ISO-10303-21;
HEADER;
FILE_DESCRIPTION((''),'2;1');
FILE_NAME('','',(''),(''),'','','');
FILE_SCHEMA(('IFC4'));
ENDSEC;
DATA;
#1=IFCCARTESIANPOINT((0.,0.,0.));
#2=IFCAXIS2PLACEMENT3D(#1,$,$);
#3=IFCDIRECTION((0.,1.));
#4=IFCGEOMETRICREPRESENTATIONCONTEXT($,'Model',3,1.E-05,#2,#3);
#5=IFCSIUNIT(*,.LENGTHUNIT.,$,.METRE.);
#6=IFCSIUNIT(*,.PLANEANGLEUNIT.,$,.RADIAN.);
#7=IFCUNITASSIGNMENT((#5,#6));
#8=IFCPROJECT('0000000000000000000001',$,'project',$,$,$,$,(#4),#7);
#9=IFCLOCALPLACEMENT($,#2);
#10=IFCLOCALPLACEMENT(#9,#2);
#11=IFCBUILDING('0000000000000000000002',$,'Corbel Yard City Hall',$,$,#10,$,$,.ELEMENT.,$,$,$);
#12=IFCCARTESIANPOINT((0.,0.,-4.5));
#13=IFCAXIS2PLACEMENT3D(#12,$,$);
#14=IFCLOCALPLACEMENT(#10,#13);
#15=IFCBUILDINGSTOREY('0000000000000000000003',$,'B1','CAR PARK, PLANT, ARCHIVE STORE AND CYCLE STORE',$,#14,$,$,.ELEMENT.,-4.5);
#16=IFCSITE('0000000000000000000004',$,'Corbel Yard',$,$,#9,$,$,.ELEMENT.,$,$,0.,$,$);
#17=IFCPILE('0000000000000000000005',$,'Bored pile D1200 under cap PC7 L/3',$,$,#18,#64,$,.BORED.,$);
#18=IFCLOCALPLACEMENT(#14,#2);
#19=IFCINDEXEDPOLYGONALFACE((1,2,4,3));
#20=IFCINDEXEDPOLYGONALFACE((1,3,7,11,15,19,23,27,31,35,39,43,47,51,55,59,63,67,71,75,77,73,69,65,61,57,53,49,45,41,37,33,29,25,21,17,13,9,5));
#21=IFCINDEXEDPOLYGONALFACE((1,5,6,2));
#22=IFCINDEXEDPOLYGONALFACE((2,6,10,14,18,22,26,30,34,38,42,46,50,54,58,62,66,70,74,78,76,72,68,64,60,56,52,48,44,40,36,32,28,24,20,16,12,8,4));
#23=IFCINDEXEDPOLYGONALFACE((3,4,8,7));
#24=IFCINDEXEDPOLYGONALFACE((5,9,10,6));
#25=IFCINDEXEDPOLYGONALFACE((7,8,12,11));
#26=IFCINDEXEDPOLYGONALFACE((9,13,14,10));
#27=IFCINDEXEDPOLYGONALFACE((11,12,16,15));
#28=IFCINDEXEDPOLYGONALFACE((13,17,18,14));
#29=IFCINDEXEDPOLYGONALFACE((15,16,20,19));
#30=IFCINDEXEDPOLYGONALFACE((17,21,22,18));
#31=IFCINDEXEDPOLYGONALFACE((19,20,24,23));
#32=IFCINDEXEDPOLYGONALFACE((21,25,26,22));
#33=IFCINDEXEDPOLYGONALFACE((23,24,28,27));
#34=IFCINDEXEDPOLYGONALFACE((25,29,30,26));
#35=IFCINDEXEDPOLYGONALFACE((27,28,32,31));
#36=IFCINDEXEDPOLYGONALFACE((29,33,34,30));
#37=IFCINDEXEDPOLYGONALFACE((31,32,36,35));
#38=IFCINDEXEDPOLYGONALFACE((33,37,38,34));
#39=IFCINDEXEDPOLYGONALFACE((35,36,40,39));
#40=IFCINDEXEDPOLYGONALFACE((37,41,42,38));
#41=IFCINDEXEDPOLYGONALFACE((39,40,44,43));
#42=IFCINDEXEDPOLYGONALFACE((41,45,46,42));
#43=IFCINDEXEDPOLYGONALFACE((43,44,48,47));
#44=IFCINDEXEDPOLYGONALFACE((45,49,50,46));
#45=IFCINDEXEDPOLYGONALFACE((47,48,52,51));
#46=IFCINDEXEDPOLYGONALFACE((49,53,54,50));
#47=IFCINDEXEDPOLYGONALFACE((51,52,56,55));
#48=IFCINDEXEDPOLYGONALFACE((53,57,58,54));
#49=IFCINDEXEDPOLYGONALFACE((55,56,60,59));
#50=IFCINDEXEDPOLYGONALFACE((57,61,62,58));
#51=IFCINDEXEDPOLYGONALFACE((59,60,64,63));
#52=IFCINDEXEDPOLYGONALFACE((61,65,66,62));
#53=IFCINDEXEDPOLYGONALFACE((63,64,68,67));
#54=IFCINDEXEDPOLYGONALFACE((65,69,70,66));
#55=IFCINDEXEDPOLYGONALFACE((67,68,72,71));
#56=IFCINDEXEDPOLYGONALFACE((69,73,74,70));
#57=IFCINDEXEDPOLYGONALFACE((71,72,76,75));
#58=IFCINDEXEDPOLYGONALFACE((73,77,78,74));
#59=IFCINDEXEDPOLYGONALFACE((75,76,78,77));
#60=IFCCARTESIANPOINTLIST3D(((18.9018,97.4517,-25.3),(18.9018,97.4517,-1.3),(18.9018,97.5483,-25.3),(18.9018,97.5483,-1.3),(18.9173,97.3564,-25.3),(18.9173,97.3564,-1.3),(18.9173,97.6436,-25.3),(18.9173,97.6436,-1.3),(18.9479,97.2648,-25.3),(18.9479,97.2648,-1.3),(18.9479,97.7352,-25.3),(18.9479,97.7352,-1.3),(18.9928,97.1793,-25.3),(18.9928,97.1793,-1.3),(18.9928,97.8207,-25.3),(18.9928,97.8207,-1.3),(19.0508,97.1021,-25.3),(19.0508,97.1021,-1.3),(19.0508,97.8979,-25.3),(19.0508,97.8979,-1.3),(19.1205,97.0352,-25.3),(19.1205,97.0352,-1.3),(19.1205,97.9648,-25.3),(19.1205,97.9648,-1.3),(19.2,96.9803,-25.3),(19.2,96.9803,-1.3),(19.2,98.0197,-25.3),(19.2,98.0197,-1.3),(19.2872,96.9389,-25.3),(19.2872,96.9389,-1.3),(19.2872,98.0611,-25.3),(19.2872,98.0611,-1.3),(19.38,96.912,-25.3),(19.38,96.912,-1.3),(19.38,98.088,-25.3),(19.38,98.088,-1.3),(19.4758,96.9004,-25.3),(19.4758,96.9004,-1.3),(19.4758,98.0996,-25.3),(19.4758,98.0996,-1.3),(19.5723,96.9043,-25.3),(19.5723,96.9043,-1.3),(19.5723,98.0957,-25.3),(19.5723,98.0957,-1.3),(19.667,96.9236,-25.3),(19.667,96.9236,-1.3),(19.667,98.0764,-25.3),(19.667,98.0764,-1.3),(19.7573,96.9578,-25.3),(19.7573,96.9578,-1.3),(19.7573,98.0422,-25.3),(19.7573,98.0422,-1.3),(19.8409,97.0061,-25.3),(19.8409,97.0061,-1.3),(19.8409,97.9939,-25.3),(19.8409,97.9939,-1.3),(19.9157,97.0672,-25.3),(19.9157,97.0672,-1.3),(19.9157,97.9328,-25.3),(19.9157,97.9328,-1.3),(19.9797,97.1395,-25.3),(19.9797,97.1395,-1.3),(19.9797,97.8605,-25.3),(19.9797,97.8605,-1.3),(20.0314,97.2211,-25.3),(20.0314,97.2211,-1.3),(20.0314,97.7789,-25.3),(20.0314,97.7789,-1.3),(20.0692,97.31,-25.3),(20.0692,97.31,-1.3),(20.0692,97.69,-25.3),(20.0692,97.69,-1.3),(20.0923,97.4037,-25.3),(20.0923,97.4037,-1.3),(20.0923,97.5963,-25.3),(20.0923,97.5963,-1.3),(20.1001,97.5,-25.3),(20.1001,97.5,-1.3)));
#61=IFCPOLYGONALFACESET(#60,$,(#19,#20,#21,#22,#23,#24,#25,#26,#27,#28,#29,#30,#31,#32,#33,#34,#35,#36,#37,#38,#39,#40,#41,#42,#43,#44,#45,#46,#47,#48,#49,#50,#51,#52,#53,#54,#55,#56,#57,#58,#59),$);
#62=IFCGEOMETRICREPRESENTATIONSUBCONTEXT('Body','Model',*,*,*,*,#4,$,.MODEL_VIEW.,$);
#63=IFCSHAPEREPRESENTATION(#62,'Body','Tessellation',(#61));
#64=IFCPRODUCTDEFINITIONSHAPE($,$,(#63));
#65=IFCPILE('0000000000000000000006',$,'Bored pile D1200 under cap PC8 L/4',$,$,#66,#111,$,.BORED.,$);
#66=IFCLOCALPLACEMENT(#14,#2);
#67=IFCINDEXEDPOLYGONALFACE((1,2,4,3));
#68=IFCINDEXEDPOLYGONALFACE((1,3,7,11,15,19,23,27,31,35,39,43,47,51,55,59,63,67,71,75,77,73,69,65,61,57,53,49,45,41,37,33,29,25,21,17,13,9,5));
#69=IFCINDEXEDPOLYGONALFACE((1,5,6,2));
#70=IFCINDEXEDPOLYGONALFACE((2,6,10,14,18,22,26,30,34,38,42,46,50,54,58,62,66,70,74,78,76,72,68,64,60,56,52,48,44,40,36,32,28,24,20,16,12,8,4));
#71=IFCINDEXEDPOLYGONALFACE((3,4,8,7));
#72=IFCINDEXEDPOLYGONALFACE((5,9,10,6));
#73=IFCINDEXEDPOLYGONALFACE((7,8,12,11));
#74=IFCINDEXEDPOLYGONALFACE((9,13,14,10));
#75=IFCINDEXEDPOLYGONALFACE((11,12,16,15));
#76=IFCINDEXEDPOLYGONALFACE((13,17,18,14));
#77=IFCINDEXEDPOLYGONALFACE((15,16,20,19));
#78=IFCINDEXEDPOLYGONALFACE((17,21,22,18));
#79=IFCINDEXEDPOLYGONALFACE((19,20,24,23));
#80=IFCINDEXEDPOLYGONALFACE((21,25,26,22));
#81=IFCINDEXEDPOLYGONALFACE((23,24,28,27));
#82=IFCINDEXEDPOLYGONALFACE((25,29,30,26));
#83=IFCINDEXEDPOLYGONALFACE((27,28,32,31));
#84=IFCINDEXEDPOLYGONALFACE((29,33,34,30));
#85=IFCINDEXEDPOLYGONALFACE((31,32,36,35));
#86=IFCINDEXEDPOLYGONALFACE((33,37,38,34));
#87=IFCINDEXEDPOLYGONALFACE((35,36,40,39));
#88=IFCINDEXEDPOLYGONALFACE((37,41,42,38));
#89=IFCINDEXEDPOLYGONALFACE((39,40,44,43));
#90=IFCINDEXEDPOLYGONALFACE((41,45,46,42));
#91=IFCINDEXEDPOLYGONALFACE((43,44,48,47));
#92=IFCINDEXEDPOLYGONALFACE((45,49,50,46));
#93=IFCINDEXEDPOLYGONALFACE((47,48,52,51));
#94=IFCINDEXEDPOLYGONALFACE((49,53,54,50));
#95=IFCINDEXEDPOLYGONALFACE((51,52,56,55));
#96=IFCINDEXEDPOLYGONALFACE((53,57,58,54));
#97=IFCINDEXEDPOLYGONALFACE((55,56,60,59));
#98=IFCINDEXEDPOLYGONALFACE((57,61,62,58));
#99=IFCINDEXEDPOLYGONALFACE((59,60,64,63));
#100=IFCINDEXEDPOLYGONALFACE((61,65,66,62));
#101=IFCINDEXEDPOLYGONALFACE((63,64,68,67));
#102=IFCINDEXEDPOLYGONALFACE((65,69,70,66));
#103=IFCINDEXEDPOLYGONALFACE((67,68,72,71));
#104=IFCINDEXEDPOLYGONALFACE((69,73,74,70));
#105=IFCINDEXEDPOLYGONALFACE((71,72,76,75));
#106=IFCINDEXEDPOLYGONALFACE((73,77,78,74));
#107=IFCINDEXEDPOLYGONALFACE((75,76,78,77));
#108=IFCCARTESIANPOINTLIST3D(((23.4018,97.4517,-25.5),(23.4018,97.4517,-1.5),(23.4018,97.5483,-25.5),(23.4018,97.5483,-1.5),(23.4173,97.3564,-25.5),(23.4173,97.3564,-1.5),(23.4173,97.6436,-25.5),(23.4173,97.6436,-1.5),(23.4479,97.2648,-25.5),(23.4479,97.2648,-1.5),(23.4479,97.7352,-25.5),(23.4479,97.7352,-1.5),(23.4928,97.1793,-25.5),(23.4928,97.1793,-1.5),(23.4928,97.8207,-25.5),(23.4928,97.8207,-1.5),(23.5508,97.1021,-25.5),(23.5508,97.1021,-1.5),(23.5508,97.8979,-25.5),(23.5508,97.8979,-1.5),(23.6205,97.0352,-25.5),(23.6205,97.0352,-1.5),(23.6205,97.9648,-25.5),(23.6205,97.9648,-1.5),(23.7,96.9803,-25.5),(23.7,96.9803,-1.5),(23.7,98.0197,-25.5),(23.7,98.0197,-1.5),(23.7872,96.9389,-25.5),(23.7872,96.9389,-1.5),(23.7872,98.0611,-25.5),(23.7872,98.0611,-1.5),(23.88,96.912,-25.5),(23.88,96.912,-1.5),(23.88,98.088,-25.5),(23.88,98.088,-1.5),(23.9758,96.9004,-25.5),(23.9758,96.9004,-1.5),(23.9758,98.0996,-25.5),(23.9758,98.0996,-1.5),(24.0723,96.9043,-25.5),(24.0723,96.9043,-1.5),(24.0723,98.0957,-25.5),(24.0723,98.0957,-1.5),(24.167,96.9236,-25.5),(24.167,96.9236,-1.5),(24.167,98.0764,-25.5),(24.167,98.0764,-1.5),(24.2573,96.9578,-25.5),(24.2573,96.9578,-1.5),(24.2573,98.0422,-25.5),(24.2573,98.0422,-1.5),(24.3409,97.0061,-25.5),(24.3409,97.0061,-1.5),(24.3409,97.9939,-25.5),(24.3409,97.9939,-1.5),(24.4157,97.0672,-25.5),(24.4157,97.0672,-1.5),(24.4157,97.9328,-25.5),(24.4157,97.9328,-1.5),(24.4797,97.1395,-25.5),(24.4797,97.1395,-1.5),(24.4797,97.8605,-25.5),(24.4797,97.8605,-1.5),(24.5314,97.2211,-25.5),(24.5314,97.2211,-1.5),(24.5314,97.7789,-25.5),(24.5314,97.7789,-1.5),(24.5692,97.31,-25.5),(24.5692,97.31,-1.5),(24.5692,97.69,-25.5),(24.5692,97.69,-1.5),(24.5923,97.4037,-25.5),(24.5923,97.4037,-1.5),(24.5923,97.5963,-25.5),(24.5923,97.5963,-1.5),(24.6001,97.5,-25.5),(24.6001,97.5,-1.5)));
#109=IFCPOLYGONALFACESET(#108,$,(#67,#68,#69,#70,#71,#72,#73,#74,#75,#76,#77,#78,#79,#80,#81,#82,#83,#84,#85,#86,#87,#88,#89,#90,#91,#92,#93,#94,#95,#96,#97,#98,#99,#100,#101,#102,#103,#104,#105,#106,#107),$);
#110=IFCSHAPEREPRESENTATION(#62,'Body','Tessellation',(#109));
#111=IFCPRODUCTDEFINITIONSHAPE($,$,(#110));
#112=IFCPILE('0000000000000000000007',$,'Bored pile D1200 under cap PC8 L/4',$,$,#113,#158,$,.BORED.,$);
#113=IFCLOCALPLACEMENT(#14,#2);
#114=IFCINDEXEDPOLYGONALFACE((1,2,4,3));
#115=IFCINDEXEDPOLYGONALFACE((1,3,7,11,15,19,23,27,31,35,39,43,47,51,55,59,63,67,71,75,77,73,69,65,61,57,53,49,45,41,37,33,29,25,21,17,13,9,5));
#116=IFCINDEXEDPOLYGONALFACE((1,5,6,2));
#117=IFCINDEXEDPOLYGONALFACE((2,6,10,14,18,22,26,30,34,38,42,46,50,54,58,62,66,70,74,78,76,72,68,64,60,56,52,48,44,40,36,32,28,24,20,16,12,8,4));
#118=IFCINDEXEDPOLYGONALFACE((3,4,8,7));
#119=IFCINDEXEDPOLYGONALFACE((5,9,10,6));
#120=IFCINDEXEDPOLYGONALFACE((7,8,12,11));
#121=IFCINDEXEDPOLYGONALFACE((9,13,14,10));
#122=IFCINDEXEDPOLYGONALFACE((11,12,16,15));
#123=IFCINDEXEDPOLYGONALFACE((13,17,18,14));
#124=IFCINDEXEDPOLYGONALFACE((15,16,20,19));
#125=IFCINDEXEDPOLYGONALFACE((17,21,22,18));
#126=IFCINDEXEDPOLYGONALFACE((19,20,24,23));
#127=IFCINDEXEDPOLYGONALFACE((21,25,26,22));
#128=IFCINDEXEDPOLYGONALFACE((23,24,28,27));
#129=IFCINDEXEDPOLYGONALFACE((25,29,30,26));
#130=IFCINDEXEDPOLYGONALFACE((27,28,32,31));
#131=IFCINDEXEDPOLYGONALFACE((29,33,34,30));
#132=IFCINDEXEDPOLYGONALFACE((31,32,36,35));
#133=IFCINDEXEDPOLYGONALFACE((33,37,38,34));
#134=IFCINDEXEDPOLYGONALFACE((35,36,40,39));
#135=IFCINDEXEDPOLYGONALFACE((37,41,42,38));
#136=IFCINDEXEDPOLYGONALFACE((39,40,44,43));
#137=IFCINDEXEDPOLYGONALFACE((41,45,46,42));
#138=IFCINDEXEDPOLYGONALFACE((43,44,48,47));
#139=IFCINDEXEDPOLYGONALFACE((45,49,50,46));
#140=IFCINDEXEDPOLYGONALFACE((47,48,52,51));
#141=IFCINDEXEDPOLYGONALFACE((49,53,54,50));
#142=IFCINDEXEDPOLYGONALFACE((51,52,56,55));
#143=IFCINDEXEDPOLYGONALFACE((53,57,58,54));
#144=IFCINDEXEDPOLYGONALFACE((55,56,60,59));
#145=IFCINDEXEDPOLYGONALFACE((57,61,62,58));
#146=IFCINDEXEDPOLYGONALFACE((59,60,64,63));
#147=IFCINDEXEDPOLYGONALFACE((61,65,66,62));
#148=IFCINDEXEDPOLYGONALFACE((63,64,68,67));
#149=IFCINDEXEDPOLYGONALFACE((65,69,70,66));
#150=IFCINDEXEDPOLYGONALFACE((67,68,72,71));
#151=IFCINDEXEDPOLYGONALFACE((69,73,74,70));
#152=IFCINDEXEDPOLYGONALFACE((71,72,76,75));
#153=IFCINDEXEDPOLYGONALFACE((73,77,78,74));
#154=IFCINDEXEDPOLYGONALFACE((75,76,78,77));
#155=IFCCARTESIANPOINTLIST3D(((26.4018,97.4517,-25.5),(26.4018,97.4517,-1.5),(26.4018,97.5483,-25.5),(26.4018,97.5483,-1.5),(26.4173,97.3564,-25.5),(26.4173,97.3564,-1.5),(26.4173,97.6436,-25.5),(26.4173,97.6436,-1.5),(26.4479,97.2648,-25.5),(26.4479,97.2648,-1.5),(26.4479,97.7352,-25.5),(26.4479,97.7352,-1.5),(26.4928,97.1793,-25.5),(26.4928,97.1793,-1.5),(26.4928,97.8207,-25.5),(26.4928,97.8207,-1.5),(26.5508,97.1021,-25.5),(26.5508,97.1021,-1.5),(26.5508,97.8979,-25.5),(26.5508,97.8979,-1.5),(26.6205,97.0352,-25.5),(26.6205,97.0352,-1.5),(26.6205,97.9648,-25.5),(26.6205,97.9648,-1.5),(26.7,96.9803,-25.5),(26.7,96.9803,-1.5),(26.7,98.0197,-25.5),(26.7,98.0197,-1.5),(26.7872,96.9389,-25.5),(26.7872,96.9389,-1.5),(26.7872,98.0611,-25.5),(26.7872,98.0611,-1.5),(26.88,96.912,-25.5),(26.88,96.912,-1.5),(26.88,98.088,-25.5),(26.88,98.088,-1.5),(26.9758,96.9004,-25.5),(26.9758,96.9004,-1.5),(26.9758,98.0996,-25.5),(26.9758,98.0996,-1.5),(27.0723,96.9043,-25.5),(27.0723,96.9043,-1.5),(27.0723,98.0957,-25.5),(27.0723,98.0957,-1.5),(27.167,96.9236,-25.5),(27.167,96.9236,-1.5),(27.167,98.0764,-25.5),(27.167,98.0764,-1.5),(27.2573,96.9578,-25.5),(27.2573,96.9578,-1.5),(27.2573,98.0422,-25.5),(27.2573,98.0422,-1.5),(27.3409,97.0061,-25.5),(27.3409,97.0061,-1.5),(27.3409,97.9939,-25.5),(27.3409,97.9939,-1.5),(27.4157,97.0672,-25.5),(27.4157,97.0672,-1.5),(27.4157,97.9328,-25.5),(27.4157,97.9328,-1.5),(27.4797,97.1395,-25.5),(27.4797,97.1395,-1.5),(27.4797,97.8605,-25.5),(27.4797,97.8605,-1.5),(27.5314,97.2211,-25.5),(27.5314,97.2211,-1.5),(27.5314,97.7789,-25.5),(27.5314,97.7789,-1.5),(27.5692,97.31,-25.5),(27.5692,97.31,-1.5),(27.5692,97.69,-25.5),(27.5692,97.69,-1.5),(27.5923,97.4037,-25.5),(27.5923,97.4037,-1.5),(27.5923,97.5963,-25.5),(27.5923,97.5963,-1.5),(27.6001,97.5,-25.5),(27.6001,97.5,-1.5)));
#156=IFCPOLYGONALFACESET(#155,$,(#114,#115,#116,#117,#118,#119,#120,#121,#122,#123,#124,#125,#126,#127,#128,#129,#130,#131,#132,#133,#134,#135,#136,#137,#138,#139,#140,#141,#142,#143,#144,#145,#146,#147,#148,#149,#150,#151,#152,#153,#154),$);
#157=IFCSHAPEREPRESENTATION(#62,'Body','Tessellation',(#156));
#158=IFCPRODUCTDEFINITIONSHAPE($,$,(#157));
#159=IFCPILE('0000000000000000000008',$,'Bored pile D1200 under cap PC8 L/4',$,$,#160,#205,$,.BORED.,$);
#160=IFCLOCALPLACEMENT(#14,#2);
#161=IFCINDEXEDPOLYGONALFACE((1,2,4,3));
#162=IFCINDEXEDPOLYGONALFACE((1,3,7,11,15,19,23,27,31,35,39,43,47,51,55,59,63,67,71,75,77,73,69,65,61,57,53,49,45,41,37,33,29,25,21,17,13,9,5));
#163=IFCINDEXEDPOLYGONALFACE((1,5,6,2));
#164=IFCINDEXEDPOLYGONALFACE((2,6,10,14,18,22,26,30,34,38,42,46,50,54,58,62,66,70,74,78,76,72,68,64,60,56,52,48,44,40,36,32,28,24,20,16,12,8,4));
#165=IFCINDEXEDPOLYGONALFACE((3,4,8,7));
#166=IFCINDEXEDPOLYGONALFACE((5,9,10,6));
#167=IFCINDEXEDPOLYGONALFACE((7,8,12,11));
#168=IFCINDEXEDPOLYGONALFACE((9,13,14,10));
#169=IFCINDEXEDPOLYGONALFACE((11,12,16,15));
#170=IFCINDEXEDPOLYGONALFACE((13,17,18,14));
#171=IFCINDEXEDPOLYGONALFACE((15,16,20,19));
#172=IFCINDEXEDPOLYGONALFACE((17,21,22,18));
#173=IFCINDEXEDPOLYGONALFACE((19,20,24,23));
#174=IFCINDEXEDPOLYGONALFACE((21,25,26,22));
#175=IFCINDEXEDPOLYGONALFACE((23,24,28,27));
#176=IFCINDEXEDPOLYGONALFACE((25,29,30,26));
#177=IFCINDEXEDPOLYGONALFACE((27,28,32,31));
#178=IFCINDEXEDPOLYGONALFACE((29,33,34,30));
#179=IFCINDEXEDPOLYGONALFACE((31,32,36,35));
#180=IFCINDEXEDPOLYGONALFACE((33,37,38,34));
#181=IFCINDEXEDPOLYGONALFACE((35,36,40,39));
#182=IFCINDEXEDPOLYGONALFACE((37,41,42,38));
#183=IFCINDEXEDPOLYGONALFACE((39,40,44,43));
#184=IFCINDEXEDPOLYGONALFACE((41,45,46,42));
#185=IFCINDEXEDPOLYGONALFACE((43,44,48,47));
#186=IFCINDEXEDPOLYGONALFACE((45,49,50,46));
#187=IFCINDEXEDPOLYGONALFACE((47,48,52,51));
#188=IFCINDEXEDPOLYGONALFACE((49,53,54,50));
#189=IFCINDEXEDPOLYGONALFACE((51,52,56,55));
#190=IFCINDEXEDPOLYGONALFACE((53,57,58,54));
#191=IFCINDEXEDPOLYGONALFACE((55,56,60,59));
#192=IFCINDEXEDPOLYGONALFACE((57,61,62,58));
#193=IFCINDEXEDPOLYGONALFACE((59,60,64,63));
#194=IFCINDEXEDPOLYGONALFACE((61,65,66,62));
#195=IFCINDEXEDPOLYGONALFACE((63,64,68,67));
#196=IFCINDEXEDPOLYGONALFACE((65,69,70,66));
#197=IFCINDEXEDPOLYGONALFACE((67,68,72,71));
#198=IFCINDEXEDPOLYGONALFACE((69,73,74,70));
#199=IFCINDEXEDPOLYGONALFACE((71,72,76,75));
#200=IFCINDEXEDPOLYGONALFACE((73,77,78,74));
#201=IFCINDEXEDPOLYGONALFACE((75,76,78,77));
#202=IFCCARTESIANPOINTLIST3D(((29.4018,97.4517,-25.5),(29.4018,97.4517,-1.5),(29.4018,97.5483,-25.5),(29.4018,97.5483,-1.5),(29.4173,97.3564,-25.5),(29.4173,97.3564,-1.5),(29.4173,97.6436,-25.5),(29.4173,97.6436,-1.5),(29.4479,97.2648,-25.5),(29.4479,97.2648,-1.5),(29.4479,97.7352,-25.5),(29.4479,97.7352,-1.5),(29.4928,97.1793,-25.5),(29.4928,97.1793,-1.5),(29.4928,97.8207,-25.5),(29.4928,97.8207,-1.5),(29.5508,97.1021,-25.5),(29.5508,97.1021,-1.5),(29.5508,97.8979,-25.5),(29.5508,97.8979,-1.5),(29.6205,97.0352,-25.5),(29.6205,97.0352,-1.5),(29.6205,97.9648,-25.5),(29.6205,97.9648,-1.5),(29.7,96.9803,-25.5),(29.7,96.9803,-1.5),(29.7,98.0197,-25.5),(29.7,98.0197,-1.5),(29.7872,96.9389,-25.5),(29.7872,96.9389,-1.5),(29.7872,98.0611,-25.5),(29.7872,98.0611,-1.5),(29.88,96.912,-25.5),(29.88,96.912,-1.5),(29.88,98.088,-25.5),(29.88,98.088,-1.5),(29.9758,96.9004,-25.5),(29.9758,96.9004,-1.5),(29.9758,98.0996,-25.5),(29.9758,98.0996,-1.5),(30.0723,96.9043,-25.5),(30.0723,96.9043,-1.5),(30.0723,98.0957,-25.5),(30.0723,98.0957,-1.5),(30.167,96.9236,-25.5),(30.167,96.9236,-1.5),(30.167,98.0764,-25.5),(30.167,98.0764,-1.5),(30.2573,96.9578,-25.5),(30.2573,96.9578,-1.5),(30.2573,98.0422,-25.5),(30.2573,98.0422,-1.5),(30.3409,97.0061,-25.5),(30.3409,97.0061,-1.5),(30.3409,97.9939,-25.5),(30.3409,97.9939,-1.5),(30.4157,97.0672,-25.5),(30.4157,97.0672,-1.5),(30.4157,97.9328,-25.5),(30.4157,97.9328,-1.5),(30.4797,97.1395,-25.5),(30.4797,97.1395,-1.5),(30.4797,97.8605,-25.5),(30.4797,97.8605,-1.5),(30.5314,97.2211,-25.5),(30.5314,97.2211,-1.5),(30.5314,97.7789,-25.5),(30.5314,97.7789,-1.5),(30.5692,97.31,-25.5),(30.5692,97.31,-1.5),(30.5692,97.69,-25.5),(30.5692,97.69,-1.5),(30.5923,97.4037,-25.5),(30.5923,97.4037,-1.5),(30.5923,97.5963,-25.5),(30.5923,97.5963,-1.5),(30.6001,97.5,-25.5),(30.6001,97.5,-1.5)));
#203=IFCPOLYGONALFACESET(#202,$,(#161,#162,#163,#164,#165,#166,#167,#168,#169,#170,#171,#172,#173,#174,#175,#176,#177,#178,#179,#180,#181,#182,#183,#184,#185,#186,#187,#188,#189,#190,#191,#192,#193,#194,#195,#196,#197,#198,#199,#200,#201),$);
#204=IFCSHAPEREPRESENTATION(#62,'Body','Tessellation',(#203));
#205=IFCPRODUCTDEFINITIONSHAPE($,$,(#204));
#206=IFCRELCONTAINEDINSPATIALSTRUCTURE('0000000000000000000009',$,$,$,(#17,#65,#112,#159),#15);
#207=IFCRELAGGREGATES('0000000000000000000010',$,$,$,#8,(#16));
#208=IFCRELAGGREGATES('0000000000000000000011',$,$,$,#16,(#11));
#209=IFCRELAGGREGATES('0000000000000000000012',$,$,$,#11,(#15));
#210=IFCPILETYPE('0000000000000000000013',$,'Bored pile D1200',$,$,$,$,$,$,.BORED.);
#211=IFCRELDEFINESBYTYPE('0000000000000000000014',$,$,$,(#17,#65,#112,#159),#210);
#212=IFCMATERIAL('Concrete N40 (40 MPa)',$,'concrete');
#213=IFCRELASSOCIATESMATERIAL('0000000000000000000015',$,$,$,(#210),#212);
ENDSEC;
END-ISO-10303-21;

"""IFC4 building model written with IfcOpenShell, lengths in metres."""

from ifc_helpers import new_model, si_unit, direction, frame, origin, origin_2d, place, context, subcontext, project, spatial, circle, extrude, material, material_profile, profile_set, type_object, element, save


model = new_model("IFC4")

# Units and contexts
model_context = context("Model", 3, precision=1e-05, world=origin(), true_north=direction((0.0, 1.0)))
body_context = subcontext(model_context, "Body", "Model", "MODEL_VIEW")
ifc_project = project(units=[si_unit("LENGTHUNIT", "METRE"), si_unit("PLANEANGLEUNIT", "RADIAN")], contexts=[model_context])

# Site, building, storey
site_placement = place(None, origin())
site = spatial("IfcSite", under=ifc_project, at=site_placement, Name="Corbel Yard", CompositionType="ELEMENT", RefElevation=0.0)
building_placement = place(site_placement, origin())
building = spatial("IfcBuilding", under=site, at=building_placement, Name="Corbel Yard City Hall", CompositionType="ELEMENT")
storey_placement = place(building_placement, frame((0.0, 0.0, -4.5)))
storey = spatial("IfcBuildingStorey", under=building, at=storey_placement, Name="B1", Description="CAR PARK, PLANT, ARCHIVE STORE AND CYCLE STORE", CompositionType="ELEMENT", Elevation=-4.5)

# Piles
ifc_material_1 = material(Name="Concrete N40 (40 MPa)", Category="concrete")
ifc_material_profile_1 = material_profile(ifc_material_1, circle(Radius=0.6001, at=origin_2d()), Name="D1200")
ifc_profile_set_1 = profile_set([ifc_material_profile_1], Name="Concrete N40 (40 MPa)")
pile_type_1 = type_object("IfcPileType", Name="Bored pile D1200", PredefinedType="BORED", material=ifc_profile_set_1)
for number, where, z_axis, x_axis, name in (
    (1, (19.5, 97.5, -1.3), (0.0, 0.0, -1.0), (1.0, 0.0, 0.0), "Bored pile D1200 under cap PC7 L/3"),
    (2, (24.0, 97.5, -1.5), (0.0, 0.0, -1.0), (1.0, 0.0, 0.0), "Bored pile D1200 under cap PC8 L/4"),
    (3, (27.0, 97.5, -1.5), (0.0, 0.0, -1.0), (1.0, 0.0, 0.0), "Bored pile D1200 under cap PC8 L/4"),
    (4, (30.0, 97.5, -1.5), (0.0, 0.0, -1.0), (1.0, 0.0, 0.0), "Bored pile D1200 under cap PC8 L/4"),
):
    element("IfcPile", number, at=place(storey_placement, frame(where, z_axis=z_axis, x_axis=x_axis)), inside=storey, type_object=pile_type_1, Name=name, PredefinedType="BORED", context=body_context, shape_type="SweptSolid", body=[
        extrude(circle(Radius=0.6001, at=origin_2d()), origin(), (0.0, 0.0, 1.0), 24.0),
    ])

save(model, "model.ifc")
